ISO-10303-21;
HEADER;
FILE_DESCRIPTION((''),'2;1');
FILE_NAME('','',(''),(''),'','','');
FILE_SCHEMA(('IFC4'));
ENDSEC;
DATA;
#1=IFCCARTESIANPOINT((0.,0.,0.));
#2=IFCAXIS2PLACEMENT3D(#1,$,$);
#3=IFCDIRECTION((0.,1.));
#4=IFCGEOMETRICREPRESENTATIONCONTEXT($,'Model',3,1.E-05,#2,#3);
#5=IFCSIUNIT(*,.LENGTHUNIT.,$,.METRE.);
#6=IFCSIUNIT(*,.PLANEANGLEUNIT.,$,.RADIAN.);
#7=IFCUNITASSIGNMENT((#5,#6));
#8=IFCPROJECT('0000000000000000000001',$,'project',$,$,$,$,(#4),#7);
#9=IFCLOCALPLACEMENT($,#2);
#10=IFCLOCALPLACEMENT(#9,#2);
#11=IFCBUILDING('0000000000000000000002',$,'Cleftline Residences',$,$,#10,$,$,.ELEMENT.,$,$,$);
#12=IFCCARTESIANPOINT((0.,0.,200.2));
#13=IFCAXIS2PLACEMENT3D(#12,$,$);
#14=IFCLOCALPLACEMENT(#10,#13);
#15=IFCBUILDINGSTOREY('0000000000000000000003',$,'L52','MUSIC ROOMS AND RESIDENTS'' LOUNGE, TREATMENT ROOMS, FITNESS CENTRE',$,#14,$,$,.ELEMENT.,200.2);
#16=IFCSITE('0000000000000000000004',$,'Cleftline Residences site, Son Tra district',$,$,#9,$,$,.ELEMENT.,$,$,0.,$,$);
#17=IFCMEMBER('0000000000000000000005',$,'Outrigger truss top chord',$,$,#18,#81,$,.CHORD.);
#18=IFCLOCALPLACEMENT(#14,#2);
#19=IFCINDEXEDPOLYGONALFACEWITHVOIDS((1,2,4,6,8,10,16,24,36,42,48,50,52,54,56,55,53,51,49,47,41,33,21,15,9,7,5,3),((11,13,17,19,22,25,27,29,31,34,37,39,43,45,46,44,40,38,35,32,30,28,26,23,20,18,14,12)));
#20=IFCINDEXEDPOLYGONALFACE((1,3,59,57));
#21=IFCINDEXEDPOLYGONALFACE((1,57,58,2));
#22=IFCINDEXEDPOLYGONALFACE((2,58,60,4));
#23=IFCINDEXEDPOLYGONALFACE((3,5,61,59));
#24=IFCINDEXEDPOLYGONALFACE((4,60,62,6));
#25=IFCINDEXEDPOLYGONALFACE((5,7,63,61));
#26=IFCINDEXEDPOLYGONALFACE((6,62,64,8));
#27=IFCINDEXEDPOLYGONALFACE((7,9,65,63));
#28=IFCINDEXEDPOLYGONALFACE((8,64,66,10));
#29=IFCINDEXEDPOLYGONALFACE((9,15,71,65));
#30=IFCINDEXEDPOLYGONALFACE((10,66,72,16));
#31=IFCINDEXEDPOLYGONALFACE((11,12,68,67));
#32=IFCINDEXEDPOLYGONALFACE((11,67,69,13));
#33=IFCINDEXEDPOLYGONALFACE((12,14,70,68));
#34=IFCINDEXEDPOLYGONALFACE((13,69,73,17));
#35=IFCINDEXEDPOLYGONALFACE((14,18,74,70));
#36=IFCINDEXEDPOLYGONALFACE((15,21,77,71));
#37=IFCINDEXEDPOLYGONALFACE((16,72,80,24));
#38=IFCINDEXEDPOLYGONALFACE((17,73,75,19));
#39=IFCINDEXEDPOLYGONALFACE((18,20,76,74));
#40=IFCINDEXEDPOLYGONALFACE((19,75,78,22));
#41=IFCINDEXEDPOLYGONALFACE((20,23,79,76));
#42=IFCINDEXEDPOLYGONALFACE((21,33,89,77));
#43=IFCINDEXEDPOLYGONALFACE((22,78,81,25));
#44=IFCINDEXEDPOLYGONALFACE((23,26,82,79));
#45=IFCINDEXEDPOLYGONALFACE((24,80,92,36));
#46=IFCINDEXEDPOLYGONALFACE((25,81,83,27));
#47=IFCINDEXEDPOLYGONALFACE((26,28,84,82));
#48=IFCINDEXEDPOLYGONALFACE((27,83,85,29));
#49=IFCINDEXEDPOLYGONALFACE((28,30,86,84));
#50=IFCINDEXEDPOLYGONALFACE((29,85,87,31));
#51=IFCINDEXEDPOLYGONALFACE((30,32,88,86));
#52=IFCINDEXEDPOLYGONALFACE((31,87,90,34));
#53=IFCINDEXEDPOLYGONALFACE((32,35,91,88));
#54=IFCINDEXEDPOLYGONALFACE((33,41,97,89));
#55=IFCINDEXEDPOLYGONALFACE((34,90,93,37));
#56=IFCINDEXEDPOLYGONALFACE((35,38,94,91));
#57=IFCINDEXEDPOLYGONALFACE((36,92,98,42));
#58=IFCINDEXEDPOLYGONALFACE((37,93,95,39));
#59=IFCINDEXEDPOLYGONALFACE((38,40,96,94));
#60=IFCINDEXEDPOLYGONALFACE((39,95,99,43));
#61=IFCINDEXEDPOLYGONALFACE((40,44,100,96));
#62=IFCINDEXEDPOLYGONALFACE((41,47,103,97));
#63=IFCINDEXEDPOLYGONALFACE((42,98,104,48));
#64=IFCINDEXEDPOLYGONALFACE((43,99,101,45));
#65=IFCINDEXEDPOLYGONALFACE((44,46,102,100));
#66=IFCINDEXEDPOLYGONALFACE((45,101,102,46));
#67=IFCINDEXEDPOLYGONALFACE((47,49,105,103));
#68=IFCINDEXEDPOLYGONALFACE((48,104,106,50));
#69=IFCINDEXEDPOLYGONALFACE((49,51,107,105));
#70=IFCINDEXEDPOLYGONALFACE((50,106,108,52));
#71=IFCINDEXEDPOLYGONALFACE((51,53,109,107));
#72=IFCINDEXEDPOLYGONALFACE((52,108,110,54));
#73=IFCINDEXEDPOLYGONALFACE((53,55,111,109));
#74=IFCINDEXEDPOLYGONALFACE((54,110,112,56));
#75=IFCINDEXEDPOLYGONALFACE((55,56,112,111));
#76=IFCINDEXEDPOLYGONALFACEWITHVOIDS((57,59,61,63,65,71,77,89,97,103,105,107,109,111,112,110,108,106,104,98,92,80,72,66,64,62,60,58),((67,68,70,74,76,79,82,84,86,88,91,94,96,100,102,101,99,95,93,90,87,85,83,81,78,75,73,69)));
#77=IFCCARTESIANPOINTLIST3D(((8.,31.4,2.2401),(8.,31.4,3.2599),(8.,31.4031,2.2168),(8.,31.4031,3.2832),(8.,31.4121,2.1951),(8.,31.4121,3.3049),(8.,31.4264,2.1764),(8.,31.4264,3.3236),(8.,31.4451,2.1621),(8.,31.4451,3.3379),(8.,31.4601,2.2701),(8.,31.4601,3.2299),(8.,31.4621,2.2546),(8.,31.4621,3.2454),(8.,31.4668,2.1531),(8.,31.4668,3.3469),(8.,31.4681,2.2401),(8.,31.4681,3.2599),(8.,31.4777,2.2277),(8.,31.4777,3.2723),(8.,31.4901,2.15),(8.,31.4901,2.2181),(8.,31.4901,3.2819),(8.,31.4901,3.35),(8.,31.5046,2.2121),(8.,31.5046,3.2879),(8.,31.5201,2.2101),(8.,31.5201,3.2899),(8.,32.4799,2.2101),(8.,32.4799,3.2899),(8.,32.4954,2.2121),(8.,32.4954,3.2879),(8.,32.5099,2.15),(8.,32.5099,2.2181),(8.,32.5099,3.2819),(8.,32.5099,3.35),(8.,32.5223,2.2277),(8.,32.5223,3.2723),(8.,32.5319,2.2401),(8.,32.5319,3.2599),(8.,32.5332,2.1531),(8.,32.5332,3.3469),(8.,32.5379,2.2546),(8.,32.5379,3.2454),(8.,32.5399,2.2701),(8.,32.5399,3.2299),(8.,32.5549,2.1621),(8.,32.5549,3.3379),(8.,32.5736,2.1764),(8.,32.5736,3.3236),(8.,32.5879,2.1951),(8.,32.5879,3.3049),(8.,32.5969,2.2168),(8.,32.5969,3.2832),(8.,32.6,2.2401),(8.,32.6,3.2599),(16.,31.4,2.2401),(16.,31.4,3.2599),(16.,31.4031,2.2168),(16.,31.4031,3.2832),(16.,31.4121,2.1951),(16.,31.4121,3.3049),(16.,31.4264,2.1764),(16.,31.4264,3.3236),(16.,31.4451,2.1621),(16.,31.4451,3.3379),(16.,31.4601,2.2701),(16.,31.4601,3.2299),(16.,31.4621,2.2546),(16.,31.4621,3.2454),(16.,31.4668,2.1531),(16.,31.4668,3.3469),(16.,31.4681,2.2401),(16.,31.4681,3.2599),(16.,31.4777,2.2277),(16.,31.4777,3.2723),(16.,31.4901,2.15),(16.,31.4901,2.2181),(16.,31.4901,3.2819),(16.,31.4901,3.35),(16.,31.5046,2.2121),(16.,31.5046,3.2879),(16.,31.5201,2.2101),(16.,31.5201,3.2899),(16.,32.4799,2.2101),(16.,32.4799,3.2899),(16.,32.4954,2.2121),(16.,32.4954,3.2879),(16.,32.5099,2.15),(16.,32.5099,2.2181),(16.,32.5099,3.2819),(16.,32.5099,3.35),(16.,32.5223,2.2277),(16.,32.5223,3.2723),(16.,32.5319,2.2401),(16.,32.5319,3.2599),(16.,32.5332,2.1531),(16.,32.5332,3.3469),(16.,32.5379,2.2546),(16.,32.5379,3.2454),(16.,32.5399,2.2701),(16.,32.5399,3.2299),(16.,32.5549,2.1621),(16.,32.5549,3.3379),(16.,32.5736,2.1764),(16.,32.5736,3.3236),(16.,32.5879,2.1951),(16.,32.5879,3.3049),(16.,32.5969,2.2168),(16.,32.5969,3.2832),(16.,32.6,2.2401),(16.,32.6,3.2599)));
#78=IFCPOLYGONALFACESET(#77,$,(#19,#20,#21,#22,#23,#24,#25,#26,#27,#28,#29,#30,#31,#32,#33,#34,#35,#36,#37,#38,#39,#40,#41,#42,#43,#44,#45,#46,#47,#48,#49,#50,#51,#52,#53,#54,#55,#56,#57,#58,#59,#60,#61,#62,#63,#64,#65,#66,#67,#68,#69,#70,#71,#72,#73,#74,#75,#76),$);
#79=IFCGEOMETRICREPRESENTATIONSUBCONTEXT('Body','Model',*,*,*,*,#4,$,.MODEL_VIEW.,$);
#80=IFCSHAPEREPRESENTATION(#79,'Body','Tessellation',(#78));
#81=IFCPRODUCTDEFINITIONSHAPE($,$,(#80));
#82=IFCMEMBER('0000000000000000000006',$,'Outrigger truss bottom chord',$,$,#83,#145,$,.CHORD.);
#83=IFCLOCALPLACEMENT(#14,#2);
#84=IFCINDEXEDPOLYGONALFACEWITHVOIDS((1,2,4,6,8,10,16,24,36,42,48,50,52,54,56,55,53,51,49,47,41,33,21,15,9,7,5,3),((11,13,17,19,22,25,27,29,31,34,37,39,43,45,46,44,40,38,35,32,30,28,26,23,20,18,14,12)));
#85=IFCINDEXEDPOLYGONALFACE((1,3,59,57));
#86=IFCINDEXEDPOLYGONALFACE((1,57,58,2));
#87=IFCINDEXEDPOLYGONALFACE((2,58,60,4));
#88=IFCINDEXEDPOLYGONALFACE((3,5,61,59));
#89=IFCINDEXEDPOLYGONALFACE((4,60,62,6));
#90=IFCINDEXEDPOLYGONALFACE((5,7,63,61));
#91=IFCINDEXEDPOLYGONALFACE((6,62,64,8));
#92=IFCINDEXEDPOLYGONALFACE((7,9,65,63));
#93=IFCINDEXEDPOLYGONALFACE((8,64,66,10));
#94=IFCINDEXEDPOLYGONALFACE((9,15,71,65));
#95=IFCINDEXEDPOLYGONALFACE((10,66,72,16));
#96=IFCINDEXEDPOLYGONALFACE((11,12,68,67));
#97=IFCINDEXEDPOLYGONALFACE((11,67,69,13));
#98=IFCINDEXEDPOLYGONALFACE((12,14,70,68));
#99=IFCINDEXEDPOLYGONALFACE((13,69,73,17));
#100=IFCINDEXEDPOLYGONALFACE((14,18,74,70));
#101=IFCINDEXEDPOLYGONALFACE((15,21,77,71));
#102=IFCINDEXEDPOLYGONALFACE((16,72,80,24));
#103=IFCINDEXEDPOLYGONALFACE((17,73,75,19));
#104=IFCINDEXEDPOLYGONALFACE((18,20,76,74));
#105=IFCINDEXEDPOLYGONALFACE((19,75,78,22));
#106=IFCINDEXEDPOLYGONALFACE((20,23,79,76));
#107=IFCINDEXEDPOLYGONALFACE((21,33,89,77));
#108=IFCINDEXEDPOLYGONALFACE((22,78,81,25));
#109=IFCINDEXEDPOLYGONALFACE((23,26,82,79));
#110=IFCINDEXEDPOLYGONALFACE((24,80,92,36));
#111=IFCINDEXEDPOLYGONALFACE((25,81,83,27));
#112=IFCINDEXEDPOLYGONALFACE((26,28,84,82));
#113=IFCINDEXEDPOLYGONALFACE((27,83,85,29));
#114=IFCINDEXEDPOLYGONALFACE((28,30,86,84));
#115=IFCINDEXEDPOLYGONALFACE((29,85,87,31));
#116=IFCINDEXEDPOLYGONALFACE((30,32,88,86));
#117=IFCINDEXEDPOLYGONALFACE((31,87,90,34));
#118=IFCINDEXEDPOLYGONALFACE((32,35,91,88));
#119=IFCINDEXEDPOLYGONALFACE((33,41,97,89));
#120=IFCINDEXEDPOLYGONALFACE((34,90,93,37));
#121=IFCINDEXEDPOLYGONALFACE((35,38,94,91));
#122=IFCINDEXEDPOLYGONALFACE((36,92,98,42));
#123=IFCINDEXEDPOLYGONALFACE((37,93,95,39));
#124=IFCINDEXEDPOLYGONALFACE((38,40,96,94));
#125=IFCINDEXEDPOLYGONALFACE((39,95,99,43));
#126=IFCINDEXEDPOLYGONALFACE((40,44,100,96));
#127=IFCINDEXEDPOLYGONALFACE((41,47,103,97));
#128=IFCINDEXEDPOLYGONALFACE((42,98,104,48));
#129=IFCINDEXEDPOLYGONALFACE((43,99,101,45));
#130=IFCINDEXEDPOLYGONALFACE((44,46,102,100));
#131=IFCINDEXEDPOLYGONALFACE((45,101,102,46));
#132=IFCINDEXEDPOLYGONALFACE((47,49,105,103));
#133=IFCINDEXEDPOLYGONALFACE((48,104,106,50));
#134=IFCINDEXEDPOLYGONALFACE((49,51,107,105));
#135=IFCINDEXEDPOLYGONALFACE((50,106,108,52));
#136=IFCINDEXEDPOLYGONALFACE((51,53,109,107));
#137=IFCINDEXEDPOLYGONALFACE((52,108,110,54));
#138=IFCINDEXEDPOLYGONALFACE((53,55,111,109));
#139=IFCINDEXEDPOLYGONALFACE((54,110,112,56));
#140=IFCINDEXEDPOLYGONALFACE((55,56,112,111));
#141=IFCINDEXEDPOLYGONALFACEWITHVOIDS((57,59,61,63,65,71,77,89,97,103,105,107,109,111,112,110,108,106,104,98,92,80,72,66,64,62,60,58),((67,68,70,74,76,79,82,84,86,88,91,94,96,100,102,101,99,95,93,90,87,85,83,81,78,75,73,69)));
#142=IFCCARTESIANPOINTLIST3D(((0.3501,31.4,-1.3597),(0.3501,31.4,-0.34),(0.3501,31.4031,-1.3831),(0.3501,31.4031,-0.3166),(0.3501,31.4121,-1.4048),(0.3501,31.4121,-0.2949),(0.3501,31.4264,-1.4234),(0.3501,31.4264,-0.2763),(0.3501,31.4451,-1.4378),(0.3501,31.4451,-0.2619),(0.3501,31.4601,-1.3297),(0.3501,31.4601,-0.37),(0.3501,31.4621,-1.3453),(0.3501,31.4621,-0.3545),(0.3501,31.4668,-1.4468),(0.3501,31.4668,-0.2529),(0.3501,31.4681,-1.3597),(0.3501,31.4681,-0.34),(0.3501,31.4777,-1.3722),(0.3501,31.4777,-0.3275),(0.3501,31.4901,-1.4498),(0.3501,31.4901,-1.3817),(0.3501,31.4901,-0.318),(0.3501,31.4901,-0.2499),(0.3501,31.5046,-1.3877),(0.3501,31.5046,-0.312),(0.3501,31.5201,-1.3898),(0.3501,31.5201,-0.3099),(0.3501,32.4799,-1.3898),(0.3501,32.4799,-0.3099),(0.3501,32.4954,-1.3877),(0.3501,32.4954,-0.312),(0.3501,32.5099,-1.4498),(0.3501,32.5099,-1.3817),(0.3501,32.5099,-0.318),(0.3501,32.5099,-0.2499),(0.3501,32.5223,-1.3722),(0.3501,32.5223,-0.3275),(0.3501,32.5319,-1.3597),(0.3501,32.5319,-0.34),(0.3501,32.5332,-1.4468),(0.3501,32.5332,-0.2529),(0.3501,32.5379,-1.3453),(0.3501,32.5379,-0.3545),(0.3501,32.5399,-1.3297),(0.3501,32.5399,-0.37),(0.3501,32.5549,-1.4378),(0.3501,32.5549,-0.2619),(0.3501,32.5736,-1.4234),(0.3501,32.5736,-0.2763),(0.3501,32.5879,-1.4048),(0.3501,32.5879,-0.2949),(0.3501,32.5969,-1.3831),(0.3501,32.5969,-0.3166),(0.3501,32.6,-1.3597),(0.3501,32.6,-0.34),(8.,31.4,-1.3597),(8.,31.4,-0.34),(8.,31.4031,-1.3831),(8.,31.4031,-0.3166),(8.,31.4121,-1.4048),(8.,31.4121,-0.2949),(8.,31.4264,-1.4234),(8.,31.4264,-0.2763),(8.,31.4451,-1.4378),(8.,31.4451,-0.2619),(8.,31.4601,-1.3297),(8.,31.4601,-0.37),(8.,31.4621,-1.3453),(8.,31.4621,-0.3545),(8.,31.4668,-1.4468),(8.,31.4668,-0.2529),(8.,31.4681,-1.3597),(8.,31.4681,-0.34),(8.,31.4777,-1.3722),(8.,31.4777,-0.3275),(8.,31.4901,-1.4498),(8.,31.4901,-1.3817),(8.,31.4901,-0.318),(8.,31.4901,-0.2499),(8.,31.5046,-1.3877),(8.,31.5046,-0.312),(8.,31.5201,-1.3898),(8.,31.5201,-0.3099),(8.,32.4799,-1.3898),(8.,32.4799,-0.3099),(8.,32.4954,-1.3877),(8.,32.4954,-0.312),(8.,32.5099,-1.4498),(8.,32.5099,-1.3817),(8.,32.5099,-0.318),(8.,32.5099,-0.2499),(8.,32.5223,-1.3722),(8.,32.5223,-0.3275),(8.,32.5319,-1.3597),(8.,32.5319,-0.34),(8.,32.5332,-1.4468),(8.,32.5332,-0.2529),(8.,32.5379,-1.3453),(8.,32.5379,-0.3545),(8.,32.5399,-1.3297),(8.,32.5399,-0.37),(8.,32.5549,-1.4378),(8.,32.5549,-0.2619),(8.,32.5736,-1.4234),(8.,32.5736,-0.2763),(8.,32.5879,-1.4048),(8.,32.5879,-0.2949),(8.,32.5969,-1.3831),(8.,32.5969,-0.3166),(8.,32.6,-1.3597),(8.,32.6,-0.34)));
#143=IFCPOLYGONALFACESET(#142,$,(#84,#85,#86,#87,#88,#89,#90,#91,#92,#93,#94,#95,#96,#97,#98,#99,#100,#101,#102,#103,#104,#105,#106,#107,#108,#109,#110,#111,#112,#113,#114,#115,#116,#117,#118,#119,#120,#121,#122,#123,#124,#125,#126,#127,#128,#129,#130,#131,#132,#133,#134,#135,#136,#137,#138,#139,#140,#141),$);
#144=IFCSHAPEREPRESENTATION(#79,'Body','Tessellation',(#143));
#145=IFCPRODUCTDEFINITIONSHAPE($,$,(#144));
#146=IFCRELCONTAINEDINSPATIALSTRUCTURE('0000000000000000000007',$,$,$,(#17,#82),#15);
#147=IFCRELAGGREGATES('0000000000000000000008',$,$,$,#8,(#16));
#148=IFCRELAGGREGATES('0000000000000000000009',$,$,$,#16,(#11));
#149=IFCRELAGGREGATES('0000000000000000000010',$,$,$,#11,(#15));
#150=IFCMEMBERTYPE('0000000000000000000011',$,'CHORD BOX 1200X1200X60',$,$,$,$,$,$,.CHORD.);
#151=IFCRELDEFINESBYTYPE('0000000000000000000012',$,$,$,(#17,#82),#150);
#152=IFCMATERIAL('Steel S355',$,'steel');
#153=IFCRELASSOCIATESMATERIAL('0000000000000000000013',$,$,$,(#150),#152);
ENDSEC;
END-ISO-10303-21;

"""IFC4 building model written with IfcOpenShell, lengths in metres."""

from ifc_helpers import new_model, si_unit, direction, frame, origin, origin_2d, place, context, subcontext, project, spatial, hollow_rectangle, extrude, material, material_profile, profile_set, type_object, element, save


model = new_model("IFC4")

# Units and contexts
model_context = context("Model", 3, precision=1e-05, world=origin(), true_north=direction((0.0, 1.0)))
body_context = subcontext(model_context, "Body", "Model", "MODEL_VIEW")
ifc_project = project(units=[si_unit("LENGTHUNIT", "METRE"), si_unit("PLANEANGLEUNIT", "RADIAN")], contexts=[model_context])

# Site, building, storey
site_placement = place(None, origin())
site = spatial("IfcSite", under=ifc_project, at=site_placement, Name="Cleftline Residences site, Son Tra district", CompositionType="ELEMENT", RefElevation=0.0)
building_placement = place(site_placement, origin())
building = spatial("IfcBuilding", under=site, at=building_placement, Name="Cleftline Residences", CompositionType="ELEMENT")
storey_placement = place(building_placement, frame((0.0, 0.0, 200.2)))
storey = spatial("IfcBuildingStorey", under=building, at=storey_placement, Name="L52", Description="MUSIC ROOMS AND RESIDENTS' LOUNGE, TREATMENT ROOMS, FITNESS CENTRE", CompositionType="ELEMENT", Elevation=200.2)

# Members
ifc_material_1 = material(Name="Steel S355", Category="steel")
ifc_material_profile_1 = material_profile(ifc_material_1, hollow_rectangle(XDim=1.2, YDim=1.2, WallThickness=0.0601, InnerFilletRadius=0.0601, OuterFilletRadius=0.0901, at=origin_2d()))
ifc_profile_set_1 = profile_set([ifc_material_profile_1], Name="Steel S355")
member_type_1 = type_object("IfcMemberType", Name="CHORD BOX 1200X1200X60", PredefinedType="CHORD", material=ifc_profile_set_1)
for number, where, z_axis, x_axis, name in (
    (1, (16.0, 32.0, 2.75), (-1.0, 0.0, 0.0), (0.0, -1.0, 0.0), "Outrigger truss top chord"),
):
    element("IfcMember", number, at=place(storey_placement, frame(where, z_axis=z_axis, x_axis=x_axis)), inside=storey, type_object=member_type_1, Name=name, PredefinedType="CHORD", context=body_context, shape_type="SweptSolid", body=[
        extrude(hollow_rectangle(XDim=1.2, YDim=1.2, WallThickness=0.0601, InnerFilletRadius=0.0601, OuterFilletRadius=0.0901, at=origin_2d()), origin(), (0.0, 0.0, 1.0), 8.0),
    ])
for number, where, z_axis, x_axis, name in (
    (2, (8.0, 32.0, -0.8499), (-1.0, 0.0, 0.0), (0.0, -1.0, 0.0), "Outrigger truss bottom chord"),
):
    element("IfcMember", number, at=place(storey_placement, frame(where, z_axis=z_axis, x_axis=x_axis)), inside=storey, type_object=member_type_1, Name=name, PredefinedType="CHORD", context=body_context, shape_type="SweptSolid", body=[
        extrude(hollow_rectangle(XDim=1.2, YDim=1.2, WallThickness=0.0601, InnerFilletRadius=0.0601, OuterFilletRadius=0.0901, at=origin_2d()), origin(), (0.0, 0.0, 1.0), 7.6499),
    ])

save(model, "model.ifc")
